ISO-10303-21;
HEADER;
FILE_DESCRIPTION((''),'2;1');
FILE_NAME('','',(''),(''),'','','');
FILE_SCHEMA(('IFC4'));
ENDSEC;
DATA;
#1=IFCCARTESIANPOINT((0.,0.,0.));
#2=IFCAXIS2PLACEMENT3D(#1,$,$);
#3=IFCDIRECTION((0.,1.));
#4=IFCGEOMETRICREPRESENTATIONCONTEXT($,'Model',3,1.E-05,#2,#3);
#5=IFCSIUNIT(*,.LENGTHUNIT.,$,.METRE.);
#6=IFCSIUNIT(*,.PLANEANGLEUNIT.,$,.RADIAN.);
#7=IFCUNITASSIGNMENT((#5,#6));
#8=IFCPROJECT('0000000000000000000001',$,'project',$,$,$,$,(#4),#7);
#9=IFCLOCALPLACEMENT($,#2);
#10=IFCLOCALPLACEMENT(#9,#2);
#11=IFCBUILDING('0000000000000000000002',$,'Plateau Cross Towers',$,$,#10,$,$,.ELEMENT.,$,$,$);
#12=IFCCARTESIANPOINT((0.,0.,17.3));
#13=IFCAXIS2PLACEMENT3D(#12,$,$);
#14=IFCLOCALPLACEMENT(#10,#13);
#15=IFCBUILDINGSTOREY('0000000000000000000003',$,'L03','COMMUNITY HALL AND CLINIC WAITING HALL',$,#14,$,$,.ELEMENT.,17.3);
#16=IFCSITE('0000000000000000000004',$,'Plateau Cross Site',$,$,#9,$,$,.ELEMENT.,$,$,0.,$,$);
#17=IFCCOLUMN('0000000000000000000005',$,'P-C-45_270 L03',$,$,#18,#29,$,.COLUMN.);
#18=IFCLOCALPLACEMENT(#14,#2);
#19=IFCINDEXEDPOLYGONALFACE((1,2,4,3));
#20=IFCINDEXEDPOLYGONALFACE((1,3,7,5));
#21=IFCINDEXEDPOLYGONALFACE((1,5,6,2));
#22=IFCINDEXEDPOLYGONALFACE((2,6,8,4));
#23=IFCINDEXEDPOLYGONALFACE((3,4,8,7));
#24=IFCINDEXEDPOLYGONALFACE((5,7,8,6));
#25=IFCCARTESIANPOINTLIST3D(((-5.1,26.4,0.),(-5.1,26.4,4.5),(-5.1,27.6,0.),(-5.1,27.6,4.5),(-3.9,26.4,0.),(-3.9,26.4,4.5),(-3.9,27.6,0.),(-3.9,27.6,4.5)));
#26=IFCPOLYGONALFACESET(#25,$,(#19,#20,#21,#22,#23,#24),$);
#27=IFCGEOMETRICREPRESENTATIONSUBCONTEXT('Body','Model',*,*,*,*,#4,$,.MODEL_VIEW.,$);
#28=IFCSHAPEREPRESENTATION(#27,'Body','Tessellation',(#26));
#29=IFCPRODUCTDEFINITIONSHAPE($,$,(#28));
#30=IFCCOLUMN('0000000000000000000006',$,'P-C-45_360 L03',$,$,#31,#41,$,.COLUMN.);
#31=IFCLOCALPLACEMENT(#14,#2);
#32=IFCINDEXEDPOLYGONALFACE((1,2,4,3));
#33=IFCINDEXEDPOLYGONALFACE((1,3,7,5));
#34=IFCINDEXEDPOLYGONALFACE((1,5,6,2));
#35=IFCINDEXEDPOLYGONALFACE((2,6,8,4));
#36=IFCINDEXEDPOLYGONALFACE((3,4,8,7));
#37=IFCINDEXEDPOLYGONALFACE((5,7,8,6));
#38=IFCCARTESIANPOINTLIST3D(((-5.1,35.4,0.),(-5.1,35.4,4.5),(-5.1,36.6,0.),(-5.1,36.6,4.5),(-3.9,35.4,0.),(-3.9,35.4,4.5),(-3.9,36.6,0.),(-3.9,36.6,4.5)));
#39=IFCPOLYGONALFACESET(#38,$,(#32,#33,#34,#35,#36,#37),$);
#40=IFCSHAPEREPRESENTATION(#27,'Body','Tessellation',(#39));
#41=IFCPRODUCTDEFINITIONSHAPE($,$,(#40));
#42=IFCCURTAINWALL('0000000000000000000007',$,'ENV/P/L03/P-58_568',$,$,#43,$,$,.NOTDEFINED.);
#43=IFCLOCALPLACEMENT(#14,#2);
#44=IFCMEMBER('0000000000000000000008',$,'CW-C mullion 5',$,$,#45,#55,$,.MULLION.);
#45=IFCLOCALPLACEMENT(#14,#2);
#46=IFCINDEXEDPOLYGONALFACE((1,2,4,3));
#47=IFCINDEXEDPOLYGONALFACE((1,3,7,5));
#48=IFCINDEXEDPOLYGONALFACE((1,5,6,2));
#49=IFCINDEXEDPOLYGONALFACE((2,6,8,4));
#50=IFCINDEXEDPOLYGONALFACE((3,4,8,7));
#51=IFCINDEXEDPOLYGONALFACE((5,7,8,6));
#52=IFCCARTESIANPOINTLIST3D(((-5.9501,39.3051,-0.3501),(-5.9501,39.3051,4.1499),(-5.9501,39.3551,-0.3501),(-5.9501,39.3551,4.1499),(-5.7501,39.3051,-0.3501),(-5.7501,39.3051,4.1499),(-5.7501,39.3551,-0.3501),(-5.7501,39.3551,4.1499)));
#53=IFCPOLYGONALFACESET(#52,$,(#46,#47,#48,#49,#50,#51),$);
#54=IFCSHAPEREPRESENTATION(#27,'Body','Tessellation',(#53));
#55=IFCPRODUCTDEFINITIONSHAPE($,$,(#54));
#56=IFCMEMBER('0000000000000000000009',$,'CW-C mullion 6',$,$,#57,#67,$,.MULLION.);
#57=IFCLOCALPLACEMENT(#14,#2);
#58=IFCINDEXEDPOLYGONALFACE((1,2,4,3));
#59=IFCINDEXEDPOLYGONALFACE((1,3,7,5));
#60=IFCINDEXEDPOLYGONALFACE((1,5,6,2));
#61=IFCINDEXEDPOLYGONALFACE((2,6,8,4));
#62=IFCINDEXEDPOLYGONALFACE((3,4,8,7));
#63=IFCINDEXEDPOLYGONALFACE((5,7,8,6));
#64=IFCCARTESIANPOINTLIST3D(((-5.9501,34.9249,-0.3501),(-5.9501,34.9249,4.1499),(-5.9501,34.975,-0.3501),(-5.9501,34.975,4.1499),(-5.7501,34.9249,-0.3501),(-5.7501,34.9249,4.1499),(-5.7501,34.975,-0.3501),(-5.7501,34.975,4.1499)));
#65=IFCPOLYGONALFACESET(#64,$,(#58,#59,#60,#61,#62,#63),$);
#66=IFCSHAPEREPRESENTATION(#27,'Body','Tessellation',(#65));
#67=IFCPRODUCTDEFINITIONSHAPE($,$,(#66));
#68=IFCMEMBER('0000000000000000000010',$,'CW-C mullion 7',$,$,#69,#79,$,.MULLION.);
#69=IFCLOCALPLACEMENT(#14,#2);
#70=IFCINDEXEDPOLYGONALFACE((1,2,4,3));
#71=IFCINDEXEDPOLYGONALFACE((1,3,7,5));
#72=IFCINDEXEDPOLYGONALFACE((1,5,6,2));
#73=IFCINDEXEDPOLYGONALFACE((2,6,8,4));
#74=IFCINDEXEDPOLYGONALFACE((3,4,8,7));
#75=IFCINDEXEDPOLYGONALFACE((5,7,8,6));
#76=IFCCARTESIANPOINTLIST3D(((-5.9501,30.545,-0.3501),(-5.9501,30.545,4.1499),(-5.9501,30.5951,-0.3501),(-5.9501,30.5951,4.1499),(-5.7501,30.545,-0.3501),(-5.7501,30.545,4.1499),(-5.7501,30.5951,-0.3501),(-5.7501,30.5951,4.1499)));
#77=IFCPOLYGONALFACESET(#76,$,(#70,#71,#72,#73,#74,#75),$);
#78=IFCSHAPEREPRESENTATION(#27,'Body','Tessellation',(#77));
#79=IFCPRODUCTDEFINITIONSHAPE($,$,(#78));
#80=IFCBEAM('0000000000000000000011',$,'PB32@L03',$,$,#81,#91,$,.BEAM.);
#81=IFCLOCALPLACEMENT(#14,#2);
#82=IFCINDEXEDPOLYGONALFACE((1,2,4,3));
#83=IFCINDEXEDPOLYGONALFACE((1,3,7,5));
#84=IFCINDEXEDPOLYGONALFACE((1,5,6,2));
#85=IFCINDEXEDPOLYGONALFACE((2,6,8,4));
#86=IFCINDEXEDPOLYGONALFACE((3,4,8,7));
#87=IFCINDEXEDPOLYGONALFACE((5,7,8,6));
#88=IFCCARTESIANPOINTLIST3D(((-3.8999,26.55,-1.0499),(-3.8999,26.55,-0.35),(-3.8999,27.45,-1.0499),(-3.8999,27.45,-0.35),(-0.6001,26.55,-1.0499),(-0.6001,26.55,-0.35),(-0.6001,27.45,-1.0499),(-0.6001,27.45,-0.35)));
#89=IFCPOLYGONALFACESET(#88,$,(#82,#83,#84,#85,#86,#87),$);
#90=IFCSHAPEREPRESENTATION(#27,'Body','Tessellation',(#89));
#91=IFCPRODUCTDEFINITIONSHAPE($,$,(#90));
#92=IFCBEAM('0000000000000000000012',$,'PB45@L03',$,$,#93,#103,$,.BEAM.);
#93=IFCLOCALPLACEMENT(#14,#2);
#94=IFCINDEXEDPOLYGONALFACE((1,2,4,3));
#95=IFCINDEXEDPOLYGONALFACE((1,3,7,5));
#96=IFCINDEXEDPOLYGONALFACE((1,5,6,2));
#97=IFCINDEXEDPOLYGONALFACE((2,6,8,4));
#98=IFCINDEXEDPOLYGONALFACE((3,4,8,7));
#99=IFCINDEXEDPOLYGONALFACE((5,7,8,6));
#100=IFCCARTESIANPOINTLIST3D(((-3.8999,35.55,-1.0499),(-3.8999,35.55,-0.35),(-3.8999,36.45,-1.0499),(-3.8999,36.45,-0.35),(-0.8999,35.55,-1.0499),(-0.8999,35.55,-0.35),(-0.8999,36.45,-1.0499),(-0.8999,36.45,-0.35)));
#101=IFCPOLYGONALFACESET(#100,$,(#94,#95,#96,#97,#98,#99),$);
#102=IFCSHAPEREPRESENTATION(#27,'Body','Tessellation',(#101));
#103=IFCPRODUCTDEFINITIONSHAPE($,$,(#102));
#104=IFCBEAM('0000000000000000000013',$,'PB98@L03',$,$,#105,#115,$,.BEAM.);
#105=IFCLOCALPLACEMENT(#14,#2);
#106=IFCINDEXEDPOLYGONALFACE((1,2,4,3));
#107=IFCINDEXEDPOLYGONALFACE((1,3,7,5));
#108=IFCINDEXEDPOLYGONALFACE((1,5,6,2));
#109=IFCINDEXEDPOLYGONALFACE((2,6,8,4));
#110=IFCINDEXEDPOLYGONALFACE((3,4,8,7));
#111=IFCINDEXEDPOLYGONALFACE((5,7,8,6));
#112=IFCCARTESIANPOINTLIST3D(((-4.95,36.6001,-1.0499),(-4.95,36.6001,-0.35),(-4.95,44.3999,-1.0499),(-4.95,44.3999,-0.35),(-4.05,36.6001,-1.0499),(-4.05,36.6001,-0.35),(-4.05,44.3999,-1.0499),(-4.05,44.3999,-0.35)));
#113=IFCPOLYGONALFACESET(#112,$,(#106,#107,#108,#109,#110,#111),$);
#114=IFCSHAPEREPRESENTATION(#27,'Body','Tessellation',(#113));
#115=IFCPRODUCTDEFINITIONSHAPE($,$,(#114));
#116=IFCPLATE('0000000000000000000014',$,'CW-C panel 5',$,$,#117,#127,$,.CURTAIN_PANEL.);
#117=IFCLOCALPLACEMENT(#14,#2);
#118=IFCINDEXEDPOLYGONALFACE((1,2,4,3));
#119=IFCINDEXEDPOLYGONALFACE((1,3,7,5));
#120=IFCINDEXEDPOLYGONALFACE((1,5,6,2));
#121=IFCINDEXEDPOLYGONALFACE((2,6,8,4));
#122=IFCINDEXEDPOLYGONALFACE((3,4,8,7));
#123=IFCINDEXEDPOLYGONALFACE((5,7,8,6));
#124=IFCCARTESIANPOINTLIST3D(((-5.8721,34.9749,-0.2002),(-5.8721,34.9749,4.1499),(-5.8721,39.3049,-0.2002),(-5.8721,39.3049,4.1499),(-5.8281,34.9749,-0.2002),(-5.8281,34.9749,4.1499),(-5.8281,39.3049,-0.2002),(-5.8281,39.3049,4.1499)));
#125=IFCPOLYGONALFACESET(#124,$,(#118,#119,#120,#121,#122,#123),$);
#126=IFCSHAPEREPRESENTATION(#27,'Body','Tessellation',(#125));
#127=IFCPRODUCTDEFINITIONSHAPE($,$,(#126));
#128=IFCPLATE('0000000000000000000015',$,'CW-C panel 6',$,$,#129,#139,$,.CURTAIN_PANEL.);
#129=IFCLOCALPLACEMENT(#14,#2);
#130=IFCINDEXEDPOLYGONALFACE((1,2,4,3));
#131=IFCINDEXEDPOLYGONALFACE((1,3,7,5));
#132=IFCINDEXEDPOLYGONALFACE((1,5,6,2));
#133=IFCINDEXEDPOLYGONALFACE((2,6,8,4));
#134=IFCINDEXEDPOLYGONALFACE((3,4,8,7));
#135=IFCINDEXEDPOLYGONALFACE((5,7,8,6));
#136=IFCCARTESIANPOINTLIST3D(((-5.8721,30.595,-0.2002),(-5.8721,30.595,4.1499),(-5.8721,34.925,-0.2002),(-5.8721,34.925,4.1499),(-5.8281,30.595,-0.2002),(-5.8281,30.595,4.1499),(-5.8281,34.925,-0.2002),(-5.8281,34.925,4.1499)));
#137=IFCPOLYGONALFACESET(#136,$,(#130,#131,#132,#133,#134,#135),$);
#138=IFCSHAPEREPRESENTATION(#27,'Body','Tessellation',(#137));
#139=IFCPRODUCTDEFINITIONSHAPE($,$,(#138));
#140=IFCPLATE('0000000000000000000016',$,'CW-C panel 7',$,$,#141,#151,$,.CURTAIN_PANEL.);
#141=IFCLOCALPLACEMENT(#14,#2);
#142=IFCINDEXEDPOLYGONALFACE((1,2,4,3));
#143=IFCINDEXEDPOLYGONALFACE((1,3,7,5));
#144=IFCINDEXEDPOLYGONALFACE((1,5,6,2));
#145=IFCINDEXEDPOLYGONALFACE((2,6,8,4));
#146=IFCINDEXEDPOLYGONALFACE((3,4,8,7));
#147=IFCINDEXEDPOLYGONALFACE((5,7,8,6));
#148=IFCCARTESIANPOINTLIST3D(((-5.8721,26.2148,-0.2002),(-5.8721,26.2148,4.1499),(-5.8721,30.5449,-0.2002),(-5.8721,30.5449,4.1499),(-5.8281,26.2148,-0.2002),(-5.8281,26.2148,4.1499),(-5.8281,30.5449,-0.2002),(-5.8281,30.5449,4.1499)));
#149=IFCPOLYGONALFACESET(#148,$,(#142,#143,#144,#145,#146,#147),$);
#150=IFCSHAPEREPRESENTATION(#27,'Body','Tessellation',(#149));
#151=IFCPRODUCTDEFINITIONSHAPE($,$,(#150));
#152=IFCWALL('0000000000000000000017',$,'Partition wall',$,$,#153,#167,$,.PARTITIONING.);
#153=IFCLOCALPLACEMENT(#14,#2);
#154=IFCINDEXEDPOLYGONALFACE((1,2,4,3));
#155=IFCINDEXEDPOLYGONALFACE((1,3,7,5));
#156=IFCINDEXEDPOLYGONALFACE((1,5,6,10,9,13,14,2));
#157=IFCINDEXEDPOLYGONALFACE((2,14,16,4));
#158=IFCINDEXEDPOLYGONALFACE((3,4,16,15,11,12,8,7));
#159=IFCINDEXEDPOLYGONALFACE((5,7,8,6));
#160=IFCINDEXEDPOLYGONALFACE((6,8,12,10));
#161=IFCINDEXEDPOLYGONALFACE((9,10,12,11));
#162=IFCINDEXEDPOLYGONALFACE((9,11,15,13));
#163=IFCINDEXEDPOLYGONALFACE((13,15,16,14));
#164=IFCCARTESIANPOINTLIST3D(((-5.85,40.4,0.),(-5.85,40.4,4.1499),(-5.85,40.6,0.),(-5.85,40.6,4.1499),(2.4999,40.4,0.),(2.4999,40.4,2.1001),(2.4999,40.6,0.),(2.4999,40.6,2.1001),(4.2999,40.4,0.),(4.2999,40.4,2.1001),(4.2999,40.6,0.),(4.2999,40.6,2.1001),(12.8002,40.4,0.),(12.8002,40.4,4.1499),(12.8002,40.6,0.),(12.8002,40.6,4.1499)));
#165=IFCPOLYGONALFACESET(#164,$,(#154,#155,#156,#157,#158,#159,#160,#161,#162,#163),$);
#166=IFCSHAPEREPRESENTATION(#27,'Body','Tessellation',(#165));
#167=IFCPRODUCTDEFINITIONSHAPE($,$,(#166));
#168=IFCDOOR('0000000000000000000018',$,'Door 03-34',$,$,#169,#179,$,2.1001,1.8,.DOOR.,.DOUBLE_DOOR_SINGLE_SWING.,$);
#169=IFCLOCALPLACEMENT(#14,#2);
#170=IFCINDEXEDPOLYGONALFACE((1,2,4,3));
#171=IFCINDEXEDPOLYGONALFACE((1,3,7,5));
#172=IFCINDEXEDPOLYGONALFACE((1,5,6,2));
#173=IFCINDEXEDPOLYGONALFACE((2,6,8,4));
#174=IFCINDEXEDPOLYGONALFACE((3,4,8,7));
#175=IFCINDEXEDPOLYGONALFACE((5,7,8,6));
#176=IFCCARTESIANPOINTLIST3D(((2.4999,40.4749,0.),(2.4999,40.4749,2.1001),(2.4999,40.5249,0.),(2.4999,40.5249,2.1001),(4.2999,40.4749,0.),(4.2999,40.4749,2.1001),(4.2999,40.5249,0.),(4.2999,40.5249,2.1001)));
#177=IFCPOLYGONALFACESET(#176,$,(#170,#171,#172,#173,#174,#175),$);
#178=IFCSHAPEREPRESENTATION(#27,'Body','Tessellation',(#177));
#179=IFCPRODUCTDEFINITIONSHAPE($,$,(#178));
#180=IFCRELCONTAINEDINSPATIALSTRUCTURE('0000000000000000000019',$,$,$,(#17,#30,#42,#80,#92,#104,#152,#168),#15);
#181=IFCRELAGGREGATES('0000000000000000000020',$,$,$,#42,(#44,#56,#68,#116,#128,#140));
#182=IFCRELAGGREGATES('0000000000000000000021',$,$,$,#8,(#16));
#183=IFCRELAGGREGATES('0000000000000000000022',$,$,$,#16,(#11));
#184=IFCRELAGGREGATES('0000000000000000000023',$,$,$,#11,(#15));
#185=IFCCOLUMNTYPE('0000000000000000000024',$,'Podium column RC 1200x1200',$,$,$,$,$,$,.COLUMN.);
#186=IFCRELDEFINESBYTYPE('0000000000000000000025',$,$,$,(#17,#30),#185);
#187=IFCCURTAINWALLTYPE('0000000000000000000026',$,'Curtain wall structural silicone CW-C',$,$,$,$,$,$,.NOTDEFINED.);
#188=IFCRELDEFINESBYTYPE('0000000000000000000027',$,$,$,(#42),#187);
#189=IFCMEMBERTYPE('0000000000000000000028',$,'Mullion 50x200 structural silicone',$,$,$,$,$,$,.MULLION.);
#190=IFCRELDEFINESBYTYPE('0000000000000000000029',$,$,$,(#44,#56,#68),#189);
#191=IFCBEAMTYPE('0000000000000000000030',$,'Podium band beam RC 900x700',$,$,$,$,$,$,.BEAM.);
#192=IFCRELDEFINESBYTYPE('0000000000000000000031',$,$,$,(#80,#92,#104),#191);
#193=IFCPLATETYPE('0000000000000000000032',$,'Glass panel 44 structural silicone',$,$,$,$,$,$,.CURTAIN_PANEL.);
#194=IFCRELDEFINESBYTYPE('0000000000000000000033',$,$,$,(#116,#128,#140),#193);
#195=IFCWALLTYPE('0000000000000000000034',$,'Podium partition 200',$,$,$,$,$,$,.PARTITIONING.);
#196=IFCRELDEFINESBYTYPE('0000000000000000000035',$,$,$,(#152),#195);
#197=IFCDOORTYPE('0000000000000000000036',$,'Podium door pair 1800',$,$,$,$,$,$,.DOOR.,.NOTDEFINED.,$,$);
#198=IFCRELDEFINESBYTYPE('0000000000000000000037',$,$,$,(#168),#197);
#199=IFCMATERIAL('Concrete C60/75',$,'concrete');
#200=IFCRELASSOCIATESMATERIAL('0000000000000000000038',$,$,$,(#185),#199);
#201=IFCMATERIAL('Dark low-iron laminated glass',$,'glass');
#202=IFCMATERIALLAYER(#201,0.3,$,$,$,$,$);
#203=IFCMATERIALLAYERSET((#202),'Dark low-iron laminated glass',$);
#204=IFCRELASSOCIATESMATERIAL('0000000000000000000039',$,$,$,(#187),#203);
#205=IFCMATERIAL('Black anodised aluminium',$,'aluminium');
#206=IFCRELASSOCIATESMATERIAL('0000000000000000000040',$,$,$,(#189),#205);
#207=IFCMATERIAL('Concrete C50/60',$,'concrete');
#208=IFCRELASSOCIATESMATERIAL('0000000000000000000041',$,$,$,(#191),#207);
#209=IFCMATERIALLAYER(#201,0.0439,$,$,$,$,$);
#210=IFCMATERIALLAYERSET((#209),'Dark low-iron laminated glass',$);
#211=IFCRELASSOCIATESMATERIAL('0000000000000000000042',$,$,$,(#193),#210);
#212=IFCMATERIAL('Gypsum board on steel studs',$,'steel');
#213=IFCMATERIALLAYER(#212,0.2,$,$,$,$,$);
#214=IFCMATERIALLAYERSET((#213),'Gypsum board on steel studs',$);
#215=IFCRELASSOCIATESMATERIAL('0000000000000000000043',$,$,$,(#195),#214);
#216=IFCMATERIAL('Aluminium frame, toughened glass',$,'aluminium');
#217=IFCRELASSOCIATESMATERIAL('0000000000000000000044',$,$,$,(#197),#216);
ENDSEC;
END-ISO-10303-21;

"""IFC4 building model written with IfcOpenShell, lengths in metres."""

from ifc_helpers import new_model, si_unit, direction, frame, frame_2d, origin, origin_2d, place, context, subcontext, project, spatial, rectangle, extrude, material, layer, layer_set, material_profile, profile_set, type_object, element, fill, aggregate, save


model = new_model("IFC4")

# Units and contexts
model_context = context("Model", 3, precision=1e-05, world=origin(), true_north=direction((0.0, 1.0)))
body_context = subcontext(model_context, "Body", "Model", "MODEL_VIEW")
ifc_project = project(units=[si_unit("LENGTHUNIT", "METRE"), si_unit("PLANEANGLEUNIT", "RADIAN")], contexts=[model_context])

# Site, building, storey
site_placement = place(None, origin())
site = spatial("IfcSite", under=ifc_project, at=site_placement, Name="Plateau Cross Site", CompositionType="ELEMENT", RefElevation=0.0)
building_placement = place(site_placement, origin())
building = spatial("IfcBuilding", under=site, at=building_placement, Name="Plateau Cross Towers", CompositionType="ELEMENT")
storey_placement = place(building_placement, frame((0.0, 0.0, 17.3)))
storey = spatial("IfcBuildingStorey", under=building, at=storey_placement, Name="L03", Description="COMMUNITY HALL AND CLINIC WAITING HALL", CompositionType="ELEMENT", Elevation=17.3)

# Columns
ifc_material_1 = material(Name="Concrete C60/75", Category="concrete")
ifc_material_profile_1 = material_profile(ifc_material_1, rectangle(XDim=1.2, YDim=1.2, at=origin_2d()), Name="RC 1200x1200")
ifc_profile_set_1 = profile_set([ifc_material_profile_1], Name="Concrete C60/75")
column_type = type_object("IfcColumnType", Name="Podium column RC 1200x1200", PredefinedType="COLUMN", material=ifc_profile_set_1)
for number, where, z_axis, x_axis, name in (
    (1, (-4.5, 27.0, 0.0), (0.0, 0.0, 1.0), (1.0, 0.0, 0.0), "P-C-45_270 L03"),
    (2, (-4.5, 36.0, 0.0), (0.0, 0.0, 1.0), (1.0, 0.0, 0.0), "P-C-45_360 L03"),
):
    element("IfcColumn", number, at=place(storey_placement, frame(where, z_axis=z_axis, x_axis=x_axis)), inside=storey, type_object=column_type, Name=name, PredefinedType="COLUMN", context=body_context, shape_type="SweptSolid", body=[
        extrude(rectangle(XDim=1.2, YDim=1.2, at=origin_2d()), origin(), (0.0, 0.0, 1.0), 4.5),
    ])

# Curtain wall, members
ifc_material_2 = material(Name="Dark low-iron laminated glass", Category="glass")
ifc_layer_1 = layer(ifc_material_2, 0.3)
ifc_layer_set_1 = layer_set([ifc_layer_1], Name="Dark low-iron laminated glass")
curtain_wall_type = type_object("IfcCurtainWallType", Name="Curtain wall structural silicone CW-C", PredefinedType="NOTDEFINED", material=ifc_layer_set_1)
curtain_wall_placement = place(storey_placement, origin())
curtain_wall = element("IfcCurtainWall", 3, at=curtain_wall_placement, inside=storey, type_object=curtain_wall_type, Name="ENV/P/L03/P-58_568", PredefinedType="NOTDEFINED")
ifc_material_3 = material(Name="Black anodised aluminium", Category="aluminium")
ifc_material_profile_2 = material_profile(ifc_material_3, rectangle(XDim=0.05, YDim=0.2, at=origin_2d()), Name="MULLION 50x200")
ifc_profile_set_2 = profile_set([ifc_material_profile_2], Name="Black anodised aluminium")
member_type = type_object("IfcMemberType", Name="Mullion 50x200 structural silicone", PredefinedType="MULLION", material=ifc_profile_set_2)
member_1_placement = place(storey_placement, frame((-5.8501, 39.3301, -0.3501), z_axis=(0.0, 0.0, 1.0), x_axis=(0.0, -1.0, 0.0)))
member_1 = element("IfcMember", 4, at=member_1_placement, type_object=member_type, Name="CW-C mullion 5", PredefinedType="MULLION", context=body_context, shape_type="SweptSolid", body=[
    extrude(rectangle(XDim=0.05, YDim=0.2, at=origin_2d()), origin(), (0.0, 0.0, 1.0), 4.5),
])
member_2_placement = place(storey_placement, frame((-5.8501, 34.95, -0.3501), z_axis=(0.0, 0.0, 1.0), x_axis=(0.0, -1.0, 0.0)))
member_2 = element("IfcMember", 5, at=member_2_placement, type_object=member_type, Name="CW-C mullion 6", PredefinedType="MULLION", context=body_context, shape_type="SweptSolid", body=[
    extrude(rectangle(XDim=0.05, YDim=0.2, at=origin_2d()), origin(), (0.0, 0.0, 1.0), 4.5),
])
member_3_placement = place(storey_placement, frame((-5.8501, 30.5701, -0.3501), z_axis=(0.0, 0.0, 1.0), x_axis=(0.0, -1.0, 0.0)))
member_3 = element("IfcMember", 6, at=member_3_placement, type_object=member_type, Name="CW-C mullion 7", PredefinedType="MULLION", context=body_context, shape_type="SweptSolid", body=[
    extrude(rectangle(XDim=0.05, YDim=0.2, at=origin_2d()), origin(), (0.0, 0.0, 1.0), 4.5),
])

# Beams
ifc_material_4 = material(Name="Concrete C50/60", Category="concrete")
ifc_material_profile_3 = material_profile(ifc_material_4, rectangle(XDim=0.8999, YDim=0.7, at=origin_2d()), Name="RC 900x700")
ifc_profile_set_3 = profile_set([ifc_material_profile_3], Name="Concrete C50/60")
beam_type = type_object("IfcBeamType", Name="Podium band beam RC 900x700", PredefinedType="BEAM", material=ifc_profile_set_3)
beam_1_placement = place(storey_placement, frame((-3.8999, 27.0, -0.7), z_axis=(1.0, 0.0, 0.0), x_axis=(0.0, 1.0, 0.0)))
element("IfcBeam", 7, at=beam_1_placement, inside=storey, type_object=beam_type, Name="PB32@L03", PredefinedType="BEAM", context=body_context, shape_type="SweptSolid", body=[
    extrude(rectangle(XDim=0.8999, YDim=0.7, at=origin_2d()), origin(), (0.0, 0.0, 1.0), 3.2998),
])
beam_2_placement = place(storey_placement, frame((-3.8999, 36.0, -0.7), z_axis=(1.0, 0.0, 0.0), x_axis=(0.0, 1.0, 0.0)))
element("IfcBeam", 8, at=beam_2_placement, inside=storey, type_object=beam_type, Name="PB45@L03", PredefinedType="BEAM", context=body_context, shape_type="SweptSolid", body=[
    extrude(rectangle(XDim=0.8999, YDim=0.7, at=origin_2d()), origin(), (0.0, 0.0, 1.0), 3.0),
])
beam_3_placement = place(storey_placement, frame((-4.5, 36.6001, -0.7), z_axis=(0.0, 1.0, 0.0), x_axis=(-1.0, 0.0, 0.0)))
element("IfcBeam", 9, at=beam_3_placement, inside=storey, type_object=beam_type, Name="PB98@L03", PredefinedType="BEAM", context=body_context, shape_type="SweptSolid", body=[
    extrude(rectangle(XDim=0.8999, YDim=0.7, at=origin_2d()), origin(), (0.0, 0.0, 1.0), 7.7998),
])

# Plates
ifc_layer_2 = layer(ifc_material_2, 0.0439)
ifc_layer_set_2 = layer_set([ifc_layer_2], Name="Dark low-iron laminated glass")
plate_type = type_object("IfcPlateType", Name="Glass panel 44 structural silicone", PredefinedType="CURTAIN_PANEL", material=ifc_layer_set_2)
plate_1_placement = place(storey_placement, frame((-5.8501, 37.1399, -0.2002), z_axis=(0.0, 0.0, 1.0), x_axis=(0.0, -1.0, 0.0)))
plate_1 = element("IfcPlate", 10, at=plate_1_placement, type_object=plate_type, Name="CW-C panel 5", PredefinedType="CURTAIN_PANEL", context=body_context, shape_type="SweptSolid", body=[
    extrude(rectangle(XDim=4.3301, YDim=0.0439, at=origin_2d()), origin(), (0.0, 0.0, 1.0), 4.3501),
])
plate_2_placement = place(storey_placement, frame((-5.8501, 32.76, -0.2002), z_axis=(0.0, 0.0, 1.0), x_axis=(0.0, -1.0, 0.0)))
plate_2 = element("IfcPlate", 11, at=plate_2_placement, type_object=plate_type, Name="CW-C panel 6", PredefinedType="CURTAIN_PANEL", context=body_context, shape_type="SweptSolid", body=[
    extrude(rectangle(XDim=4.3301, YDim=0.0439, at=origin_2d()), origin(), (0.0, 0.0, 1.0), 4.3501),
])
plate_3_placement = place(storey_placement, frame((-5.8501, 28.3799, -0.2002), z_axis=(0.0, 0.0, 1.0), x_axis=(0.0, -1.0, 0.0)))
plate_3 = element("IfcPlate", 12, at=plate_3_placement, type_object=plate_type, Name="CW-C panel 7", PredefinedType="CURTAIN_PANEL", context=body_context, shape_type="SweptSolid", body=[
    extrude(rectangle(XDim=4.3301, YDim=0.0439, at=origin_2d()), origin(), (0.0, 0.0, 1.0), 4.3501),
])
aggregate(curtain_wall, [member_1, member_2, member_3, plate_1, plate_2, plate_3])

# Wall, opening, door
ifc_material_5 = material(Name="Gypsum board on steel studs", Category="steel")
ifc_layer_3 = layer(ifc_material_5, 0.2)
ifc_layer_set_3 = layer_set([ifc_layer_3], Name="Gypsum board on steel studs")
wall_type_1 = type_object("IfcWallType", Name="Podium partition 200", PredefinedType="PARTITIONING", material=ifc_layer_set_3)
wall_1_placement = place(storey_placement, frame((-5.8501, 40.5, 0.0), z_axis=(0.0, 0.0, 1.0), x_axis=(1.0, 0.0, 0.0)))
wall_1 = element("IfcWall", 13, at=wall_1_placement, inside=storey, type_object=wall_type_1, Name="Partition wall", PredefinedType="PARTITIONING", context=body_context, shape_type="SweptSolid", body=[
    extrude(rectangle(XDim=18.6501, YDim=0.2, at=frame_2d((9.3252, 0.0))), origin(), (0.0, 0.0, 1.0), 4.1499),
])
opening_1_placement = place(wall_1_placement, frame((8.3501, 0.0, 0.0)))
opening_1 = element("IfcOpeningElement", 14, at=opening_1_placement, cuts=wall_1, PredefinedType="OPENING", context=body_context, shape_type="SweptSolid", body=[
    extrude(rectangle(XDim=1.8, YDim=2.1001, at=frame_2d((0.8999, 1.05))), frame((0.0, 0.1099, 0.0), z_axis=(0.0, -1.0, 0.0), x_axis=(1.0, 0.0, 0.0)), (0.0, 0.0, 1.0), 0.22),
])
ifc_material_6 = material(Name="Aluminium frame, toughened glass", Category="aluminium")
door_type_1 = type_object("IfcDoorType", Name="Podium door pair 1800", OperationType="NOTDEFINED", PredefinedType="DOOR", material=ifc_material_6)
door_1_placement = place(opening_1_placement, origin())
door_1 = element("IfcDoor", 15, at=door_1_placement, inside=storey, type_object=door_type_1, Name="Door 03-34", OperationType="DOUBLE_DOOR_SINGLE_SWING", OverallHeight=2.1001, OverallWidth=1.8, PredefinedType="DOOR", context=body_context, shape_type="SweptSolid", body=[
    extrude(rectangle(XDim=1.8, YDim=2.1001, at=frame_2d((0.8999, 1.05))), frame((0.0, 0.0249, 0.0), z_axis=(0.0, -1.0, 0.0), x_axis=(1.0, 0.0, 0.0)), (0.0, 0.0, 1.0), 0.05),
])
fill(opening_1, door_1)

save(model, "model.ifc")
